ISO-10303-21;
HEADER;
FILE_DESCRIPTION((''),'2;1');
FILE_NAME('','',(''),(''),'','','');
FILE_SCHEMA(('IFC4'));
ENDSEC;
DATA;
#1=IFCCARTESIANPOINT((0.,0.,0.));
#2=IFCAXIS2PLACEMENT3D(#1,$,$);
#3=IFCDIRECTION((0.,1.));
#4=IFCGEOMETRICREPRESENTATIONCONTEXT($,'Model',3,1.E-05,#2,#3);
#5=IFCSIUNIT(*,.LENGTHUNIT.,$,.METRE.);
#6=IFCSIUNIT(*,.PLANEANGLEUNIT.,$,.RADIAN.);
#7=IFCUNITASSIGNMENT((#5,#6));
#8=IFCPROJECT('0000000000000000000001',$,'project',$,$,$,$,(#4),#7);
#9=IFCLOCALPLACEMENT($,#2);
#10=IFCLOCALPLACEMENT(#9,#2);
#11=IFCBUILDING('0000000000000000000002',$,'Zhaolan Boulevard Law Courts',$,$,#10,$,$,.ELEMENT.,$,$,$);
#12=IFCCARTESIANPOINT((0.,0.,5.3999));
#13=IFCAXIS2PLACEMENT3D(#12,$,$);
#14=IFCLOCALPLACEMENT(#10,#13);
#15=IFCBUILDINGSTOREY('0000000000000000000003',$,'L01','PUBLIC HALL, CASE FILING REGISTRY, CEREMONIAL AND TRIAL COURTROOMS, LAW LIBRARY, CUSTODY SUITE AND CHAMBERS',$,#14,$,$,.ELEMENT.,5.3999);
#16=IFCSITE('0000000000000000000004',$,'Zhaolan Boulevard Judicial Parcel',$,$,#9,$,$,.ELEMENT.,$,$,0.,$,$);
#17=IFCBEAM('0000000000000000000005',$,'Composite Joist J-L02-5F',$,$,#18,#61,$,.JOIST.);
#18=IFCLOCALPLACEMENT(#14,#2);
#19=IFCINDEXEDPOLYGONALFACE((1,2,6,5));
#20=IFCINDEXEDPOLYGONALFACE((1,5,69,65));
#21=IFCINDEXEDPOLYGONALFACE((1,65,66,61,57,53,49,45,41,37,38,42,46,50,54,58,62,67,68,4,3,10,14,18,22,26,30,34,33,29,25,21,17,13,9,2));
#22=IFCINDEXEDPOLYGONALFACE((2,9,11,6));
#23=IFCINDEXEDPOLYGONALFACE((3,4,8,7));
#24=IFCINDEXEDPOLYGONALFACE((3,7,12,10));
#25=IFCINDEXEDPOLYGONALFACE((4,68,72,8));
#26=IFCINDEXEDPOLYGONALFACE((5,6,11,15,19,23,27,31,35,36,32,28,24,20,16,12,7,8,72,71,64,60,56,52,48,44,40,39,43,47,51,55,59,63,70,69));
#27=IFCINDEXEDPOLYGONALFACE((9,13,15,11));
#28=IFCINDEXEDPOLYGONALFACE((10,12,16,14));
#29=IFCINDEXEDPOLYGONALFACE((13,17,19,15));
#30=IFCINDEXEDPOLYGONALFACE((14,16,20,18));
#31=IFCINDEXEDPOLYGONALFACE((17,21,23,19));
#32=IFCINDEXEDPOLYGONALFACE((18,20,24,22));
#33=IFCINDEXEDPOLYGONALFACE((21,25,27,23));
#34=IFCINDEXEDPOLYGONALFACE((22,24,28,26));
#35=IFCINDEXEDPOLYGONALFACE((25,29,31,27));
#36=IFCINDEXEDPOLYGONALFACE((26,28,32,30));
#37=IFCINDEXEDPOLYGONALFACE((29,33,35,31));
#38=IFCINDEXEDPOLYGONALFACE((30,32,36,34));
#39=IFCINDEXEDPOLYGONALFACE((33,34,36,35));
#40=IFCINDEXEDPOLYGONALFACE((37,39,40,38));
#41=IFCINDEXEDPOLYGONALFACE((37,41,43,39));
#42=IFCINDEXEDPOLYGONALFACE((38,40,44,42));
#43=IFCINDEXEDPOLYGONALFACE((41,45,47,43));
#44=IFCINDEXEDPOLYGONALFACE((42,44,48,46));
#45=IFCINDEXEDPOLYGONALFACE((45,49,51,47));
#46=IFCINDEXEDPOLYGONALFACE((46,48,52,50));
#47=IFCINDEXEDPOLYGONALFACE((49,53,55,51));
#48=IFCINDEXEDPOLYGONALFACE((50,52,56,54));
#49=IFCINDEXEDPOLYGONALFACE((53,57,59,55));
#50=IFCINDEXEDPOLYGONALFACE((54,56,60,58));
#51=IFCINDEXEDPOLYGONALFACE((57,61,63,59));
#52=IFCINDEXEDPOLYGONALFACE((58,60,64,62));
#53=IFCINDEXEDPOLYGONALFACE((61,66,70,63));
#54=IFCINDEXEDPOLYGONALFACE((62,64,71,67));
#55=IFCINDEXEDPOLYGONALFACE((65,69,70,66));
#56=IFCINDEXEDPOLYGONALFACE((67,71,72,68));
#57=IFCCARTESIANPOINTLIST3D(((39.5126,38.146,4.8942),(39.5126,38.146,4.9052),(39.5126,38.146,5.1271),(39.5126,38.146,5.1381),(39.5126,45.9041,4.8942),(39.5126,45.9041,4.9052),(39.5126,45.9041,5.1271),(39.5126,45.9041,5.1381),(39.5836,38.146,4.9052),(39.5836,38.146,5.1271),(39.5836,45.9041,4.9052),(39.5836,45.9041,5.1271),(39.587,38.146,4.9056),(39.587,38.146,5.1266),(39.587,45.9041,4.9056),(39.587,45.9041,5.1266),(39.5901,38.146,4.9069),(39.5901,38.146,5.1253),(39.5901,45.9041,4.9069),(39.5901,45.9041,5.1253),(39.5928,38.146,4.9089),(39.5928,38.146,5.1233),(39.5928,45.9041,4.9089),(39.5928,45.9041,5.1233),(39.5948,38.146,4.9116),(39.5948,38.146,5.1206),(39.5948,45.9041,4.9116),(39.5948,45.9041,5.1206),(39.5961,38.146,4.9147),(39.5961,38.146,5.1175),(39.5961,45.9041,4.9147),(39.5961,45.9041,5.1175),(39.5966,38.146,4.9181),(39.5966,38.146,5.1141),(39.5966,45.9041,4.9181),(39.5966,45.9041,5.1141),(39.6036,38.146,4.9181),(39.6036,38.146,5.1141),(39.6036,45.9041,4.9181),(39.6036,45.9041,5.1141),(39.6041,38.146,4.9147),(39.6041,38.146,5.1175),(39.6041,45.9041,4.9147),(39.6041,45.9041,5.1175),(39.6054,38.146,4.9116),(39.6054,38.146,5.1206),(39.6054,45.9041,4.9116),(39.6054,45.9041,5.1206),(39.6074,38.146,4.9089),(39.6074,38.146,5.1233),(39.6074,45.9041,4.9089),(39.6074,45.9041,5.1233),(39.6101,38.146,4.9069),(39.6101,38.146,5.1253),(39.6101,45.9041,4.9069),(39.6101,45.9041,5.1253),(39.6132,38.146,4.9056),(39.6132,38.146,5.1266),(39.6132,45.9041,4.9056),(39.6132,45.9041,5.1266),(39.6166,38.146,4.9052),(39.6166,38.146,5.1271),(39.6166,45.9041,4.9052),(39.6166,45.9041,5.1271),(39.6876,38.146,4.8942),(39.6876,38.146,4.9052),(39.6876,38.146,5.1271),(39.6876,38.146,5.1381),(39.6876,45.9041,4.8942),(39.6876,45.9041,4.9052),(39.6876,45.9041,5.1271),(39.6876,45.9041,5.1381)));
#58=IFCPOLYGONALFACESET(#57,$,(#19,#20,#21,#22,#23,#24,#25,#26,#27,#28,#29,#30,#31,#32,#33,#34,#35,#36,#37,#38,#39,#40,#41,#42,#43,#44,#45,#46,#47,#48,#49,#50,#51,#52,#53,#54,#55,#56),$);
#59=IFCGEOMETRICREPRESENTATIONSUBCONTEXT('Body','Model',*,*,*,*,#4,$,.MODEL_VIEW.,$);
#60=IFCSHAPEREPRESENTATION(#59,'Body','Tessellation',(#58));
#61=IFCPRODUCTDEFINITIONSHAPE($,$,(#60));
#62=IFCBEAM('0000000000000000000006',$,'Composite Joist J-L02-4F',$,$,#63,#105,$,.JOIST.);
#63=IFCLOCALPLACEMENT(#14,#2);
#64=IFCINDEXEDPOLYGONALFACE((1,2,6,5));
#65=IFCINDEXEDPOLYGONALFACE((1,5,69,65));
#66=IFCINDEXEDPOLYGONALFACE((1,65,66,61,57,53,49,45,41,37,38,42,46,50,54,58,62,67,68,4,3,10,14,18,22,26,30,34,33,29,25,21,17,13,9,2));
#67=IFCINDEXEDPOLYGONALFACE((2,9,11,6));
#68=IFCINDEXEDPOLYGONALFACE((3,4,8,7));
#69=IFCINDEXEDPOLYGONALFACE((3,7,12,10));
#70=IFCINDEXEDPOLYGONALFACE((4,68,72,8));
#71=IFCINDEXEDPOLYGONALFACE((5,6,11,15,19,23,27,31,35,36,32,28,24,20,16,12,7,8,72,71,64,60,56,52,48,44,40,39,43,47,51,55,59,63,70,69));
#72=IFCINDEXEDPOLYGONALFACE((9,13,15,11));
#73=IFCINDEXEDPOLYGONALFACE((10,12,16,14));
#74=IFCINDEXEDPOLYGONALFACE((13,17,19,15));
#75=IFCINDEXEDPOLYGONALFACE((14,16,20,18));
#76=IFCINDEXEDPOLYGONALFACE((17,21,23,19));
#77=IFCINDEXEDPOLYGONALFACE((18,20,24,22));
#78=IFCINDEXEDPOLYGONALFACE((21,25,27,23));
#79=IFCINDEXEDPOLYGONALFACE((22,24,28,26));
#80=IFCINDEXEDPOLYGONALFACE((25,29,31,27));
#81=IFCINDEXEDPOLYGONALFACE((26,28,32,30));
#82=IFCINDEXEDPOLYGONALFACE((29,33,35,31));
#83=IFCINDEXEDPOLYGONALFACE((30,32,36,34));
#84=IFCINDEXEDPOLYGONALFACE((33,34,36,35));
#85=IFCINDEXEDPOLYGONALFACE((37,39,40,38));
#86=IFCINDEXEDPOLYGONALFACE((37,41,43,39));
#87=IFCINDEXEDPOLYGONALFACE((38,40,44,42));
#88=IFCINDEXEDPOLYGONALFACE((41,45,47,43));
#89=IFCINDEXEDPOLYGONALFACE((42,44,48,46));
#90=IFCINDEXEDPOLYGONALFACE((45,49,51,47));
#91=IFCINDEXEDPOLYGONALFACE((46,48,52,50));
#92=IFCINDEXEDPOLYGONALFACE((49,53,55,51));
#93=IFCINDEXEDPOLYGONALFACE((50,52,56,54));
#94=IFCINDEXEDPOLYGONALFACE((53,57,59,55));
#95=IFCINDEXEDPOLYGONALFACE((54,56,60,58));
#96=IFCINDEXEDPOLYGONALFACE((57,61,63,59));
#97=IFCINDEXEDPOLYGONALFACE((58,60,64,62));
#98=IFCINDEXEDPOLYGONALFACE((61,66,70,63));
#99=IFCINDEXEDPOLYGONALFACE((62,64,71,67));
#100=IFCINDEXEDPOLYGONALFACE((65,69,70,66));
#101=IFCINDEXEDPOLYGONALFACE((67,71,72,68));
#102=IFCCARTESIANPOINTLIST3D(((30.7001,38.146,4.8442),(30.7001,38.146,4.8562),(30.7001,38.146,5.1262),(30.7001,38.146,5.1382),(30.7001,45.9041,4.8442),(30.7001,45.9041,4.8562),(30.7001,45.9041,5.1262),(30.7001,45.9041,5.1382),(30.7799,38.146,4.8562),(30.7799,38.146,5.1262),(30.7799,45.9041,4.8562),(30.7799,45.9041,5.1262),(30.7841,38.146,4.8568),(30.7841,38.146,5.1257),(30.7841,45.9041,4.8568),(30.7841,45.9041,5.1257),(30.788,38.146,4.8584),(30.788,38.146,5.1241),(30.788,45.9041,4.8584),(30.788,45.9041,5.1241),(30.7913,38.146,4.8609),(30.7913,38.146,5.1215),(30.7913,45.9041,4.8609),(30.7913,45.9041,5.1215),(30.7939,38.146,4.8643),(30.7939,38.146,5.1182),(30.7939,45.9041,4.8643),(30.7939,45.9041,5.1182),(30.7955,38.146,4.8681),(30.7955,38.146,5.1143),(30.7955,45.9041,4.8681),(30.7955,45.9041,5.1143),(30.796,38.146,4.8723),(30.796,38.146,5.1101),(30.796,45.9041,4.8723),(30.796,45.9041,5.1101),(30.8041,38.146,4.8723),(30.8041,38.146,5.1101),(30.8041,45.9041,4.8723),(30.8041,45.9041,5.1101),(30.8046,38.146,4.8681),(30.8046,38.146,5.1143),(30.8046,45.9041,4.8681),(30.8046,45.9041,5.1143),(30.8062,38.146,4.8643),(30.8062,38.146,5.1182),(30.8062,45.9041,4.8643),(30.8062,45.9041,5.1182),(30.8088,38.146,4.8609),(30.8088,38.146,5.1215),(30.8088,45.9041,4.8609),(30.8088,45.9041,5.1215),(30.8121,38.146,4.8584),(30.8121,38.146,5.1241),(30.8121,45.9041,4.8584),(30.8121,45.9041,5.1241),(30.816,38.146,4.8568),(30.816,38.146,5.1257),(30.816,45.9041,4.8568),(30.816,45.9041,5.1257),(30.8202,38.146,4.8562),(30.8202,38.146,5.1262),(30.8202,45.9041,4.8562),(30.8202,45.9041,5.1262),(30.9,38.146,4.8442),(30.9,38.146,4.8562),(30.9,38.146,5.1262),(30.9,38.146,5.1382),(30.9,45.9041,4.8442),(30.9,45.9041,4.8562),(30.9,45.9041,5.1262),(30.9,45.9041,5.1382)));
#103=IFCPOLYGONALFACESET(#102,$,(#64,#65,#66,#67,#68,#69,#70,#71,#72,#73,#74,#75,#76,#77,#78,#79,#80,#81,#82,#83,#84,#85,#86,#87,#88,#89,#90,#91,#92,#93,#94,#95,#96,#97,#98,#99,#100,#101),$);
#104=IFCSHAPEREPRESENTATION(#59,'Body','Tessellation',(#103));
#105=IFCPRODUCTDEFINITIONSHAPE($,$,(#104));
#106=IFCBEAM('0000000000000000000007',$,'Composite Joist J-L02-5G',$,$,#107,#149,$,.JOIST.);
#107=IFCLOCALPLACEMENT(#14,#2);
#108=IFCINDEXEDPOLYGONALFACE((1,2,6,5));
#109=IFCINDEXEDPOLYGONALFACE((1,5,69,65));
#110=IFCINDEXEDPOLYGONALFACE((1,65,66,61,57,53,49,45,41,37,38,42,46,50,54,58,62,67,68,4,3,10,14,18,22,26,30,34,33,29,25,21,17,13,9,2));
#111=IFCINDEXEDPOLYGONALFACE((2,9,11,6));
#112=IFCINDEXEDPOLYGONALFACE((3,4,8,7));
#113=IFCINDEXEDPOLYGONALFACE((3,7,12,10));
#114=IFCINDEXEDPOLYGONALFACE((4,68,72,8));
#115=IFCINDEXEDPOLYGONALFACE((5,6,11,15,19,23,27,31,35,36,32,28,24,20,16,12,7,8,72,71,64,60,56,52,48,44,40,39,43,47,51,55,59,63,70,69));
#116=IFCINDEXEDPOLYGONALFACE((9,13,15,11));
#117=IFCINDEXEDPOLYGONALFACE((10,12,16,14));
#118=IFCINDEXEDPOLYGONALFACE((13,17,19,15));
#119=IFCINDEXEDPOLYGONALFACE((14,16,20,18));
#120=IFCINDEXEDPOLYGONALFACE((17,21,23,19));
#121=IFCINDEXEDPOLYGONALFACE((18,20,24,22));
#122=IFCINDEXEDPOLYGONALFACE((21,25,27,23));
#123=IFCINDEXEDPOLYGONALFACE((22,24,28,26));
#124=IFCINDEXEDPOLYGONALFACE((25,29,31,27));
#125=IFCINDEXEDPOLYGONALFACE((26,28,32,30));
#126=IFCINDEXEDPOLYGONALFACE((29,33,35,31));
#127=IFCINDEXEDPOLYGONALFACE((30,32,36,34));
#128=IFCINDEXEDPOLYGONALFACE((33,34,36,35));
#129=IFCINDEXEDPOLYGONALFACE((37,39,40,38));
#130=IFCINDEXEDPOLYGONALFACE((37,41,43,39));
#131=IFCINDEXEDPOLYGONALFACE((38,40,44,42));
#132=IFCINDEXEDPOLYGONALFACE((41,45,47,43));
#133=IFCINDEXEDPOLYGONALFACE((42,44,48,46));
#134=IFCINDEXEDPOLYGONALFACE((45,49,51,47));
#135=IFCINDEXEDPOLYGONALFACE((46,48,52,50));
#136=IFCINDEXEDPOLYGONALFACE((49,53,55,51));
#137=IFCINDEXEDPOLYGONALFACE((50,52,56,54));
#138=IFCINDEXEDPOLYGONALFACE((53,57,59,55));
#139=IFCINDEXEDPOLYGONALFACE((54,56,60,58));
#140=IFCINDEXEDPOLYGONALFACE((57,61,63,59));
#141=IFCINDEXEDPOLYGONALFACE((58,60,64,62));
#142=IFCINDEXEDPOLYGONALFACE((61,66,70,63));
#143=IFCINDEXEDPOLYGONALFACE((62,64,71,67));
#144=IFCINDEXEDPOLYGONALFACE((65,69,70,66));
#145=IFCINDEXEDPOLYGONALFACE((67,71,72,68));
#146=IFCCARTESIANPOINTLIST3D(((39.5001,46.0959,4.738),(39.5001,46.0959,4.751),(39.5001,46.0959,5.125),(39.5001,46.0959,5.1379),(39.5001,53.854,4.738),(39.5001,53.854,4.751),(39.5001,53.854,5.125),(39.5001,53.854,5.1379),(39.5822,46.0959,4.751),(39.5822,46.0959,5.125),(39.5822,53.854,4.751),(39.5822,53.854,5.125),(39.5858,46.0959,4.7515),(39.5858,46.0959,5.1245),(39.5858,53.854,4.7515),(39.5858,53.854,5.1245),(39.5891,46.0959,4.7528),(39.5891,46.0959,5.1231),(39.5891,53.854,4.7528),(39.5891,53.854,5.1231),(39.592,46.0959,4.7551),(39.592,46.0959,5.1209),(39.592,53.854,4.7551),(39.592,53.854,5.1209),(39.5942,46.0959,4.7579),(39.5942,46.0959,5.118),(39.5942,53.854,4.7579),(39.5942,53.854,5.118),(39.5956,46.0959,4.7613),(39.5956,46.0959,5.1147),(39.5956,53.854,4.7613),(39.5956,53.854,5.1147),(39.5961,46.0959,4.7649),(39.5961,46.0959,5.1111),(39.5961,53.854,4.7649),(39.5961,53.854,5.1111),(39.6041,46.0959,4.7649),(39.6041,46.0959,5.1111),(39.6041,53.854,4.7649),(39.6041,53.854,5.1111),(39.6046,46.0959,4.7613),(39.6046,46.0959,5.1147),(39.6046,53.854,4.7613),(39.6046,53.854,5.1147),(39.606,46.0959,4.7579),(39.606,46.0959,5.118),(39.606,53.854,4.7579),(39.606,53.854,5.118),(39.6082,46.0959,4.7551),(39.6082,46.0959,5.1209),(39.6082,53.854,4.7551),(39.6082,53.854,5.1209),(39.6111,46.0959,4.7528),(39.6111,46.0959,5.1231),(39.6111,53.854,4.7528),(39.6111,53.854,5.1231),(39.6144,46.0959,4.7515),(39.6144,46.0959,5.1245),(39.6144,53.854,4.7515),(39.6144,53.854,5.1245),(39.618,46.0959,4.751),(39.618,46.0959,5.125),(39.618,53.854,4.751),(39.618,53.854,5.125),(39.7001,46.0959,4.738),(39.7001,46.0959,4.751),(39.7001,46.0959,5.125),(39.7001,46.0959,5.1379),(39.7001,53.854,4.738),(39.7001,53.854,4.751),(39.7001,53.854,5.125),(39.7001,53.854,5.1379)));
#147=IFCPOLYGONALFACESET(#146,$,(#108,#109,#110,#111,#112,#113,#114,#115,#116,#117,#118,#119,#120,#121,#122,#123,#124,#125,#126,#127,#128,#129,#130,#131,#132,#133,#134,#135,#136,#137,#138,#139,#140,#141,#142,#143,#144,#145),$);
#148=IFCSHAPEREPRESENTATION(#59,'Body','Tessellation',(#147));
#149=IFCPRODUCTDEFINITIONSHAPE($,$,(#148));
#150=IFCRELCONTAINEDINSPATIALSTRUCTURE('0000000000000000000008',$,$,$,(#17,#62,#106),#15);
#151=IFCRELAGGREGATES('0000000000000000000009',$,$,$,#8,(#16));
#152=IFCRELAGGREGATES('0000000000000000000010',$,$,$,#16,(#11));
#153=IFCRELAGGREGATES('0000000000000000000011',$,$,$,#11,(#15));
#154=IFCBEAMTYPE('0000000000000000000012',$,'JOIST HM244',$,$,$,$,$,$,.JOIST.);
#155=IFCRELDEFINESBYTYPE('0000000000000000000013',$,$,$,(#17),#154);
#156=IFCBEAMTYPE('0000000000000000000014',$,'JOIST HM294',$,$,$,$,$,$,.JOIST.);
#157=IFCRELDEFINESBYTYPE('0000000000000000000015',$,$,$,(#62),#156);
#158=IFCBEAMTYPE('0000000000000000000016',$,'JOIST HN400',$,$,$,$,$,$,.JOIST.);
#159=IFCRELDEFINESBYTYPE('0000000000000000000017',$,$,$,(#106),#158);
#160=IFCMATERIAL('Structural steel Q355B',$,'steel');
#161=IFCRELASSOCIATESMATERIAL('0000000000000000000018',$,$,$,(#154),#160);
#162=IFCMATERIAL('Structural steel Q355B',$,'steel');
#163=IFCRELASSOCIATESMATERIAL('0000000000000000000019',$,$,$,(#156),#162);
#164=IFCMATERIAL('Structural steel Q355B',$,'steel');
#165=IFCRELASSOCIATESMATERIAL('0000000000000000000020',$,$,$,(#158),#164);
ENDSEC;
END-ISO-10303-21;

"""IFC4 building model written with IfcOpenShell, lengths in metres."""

from ifc_helpers import new_model, si_unit, direction, frame, origin, origin_2d, place, context, subcontext, project, spatial, i_section, extrude, material, material_profile, profile_set, type_object, element, save


model = new_model("IFC4")

# Units and contexts
model_context = context("Model", 3, precision=1e-05, world=origin(), true_north=direction((0.0, 1.0)))
body_context = subcontext(model_context, "Body", "Model", "MODEL_VIEW")
ifc_project = project(units=[si_unit("LENGTHUNIT", "METRE"), si_unit("PLANEANGLEUNIT", "RADIAN")], contexts=[model_context])

# Site, building, storey
site_placement = place(None, origin())
site = spatial("IfcSite", under=ifc_project, at=site_placement, Name="Zhaolan Boulevard Judicial Parcel", CompositionType="ELEMENT", RefElevation=0.0)
building_placement = place(site_placement, origin())
building = spatial("IfcBuilding", under=site, at=building_placement, Name="Zhaolan Boulevard Law Courts", CompositionType="ELEMENT")
storey_placement = place(building_placement, frame((0.0, 0.0, 5.3999)))
storey = spatial("IfcBuildingStorey", under=building, at=storey_placement, Name="L01", Description="PUBLIC HALL, CASE FILING REGISTRY, CEREMONIAL AND TRIAL COURTROOMS, LAW LIBRARY, CUSTODY SUITE AND CHAMBERS", CompositionType="ELEMENT", Elevation=5.3999)

# Beams
ifc_material_1 = material(Name="Structural steel Q355B", Category="steel")
ifc_material_profile_1 = material_profile(ifc_material_1, i_section(OverallWidth=0.175, OverallDepth=0.2439, WebThickness=0.0071, FlangeThickness=0.011, FilletRadius=0.0129, at=origin_2d()), Name="HM244x175")
ifc_profile_set_1 = profile_set([ifc_material_profile_1], Name="Structural steel Q355B")
beam_type_1 = type_object("IfcBeamType", Name="JOIST HM244", PredefinedType="JOIST", material=ifc_profile_set_1)
for number, where, z_axis, x_axis, name in (
    (1, (39.6001, 38.146, 5.0161), (0.0, 1.0, 0.0), (-1.0, 0.0, 0.0), "Composite Joist J-L02-5F"),
):
    element("IfcBeam", number, at=place(storey_placement, frame(where, z_axis=z_axis, x_axis=x_axis)), inside=storey, type_object=beam_type_1, Name=name, PredefinedType="JOIST", context=body_context, shape_type="SweptSolid", body=[
        extrude(i_section(OverallWidth=0.175, OverallDepth=0.2439, WebThickness=0.0071, FlangeThickness=0.011, FilletRadius=0.0129, at=origin_2d()), origin(), (0.0, 0.0, 1.0), 7.7581),
    ])
ifc_material_2 = material(Name="Structural steel Q355B", Category="steel")
ifc_material_profile_2 = material_profile(ifc_material_2, i_section(OverallWidth=0.2, OverallDepth=0.2939, WebThickness=0.0081, FlangeThickness=0.012, FilletRadius=0.0161, at=origin_2d()), Name="HM294x200")
ifc_profile_set_2 = profile_set([ifc_material_profile_2], Name="Structural steel Q355B")
beam_type_2 = type_object("IfcBeamType", Name="JOIST HM294", PredefinedType="JOIST", material=ifc_profile_set_2)
beam_1_placement = place(storey_placement, frame((30.8, 38.146, 4.9912), z_axis=(0.0, 1.0, 0.0), x_axis=(-1.0, 0.0, 0.0)))
element("IfcBeam", 2, at=beam_1_placement, inside=storey, type_object=beam_type_2, Name="Composite Joist J-L02-4F", PredefinedType="JOIST", context=body_context, shape_type="SweptSolid", body=[
    extrude(i_section(OverallWidth=0.2, OverallDepth=0.2939, WebThickness=0.0081, FlangeThickness=0.012, FilletRadius=0.0161, at=origin_2d()), origin(), (0.0, 0.0, 1.0), 7.7581),
])
ifc_material_3 = material(Name="Structural steel Q355B", Category="steel")
ifc_material_profile_3 = material_profile(ifc_material_3, i_section(OverallWidth=0.2, OverallDepth=0.3999, WebThickness=0.0081, FlangeThickness=0.0129, FilletRadius=0.0139, at=origin_2d()), Name="HN400x200")
ifc_profile_set_3 = profile_set([ifc_material_profile_3], Name="Structural steel Q355B")
beam_type_3 = type_object("IfcBeamType", Name="JOIST HN400", PredefinedType="JOIST", material=ifc_profile_set_3)
beam_2_placement = place(storey_placement, frame((39.6001, 46.0959, 4.938), z_axis=(0.0, 1.0, 0.0), x_axis=(-1.0, 0.0, 0.0)))
element("IfcBeam", 3, at=beam_2_placement, inside=storey, type_object=beam_type_3, Name="Composite Joist J-L02-5G", PredefinedType="JOIST", context=body_context, shape_type="SweptSolid", body=[
    extrude(i_section(OverallWidth=0.2, OverallDepth=0.3999, WebThickness=0.0081, FlangeThickness=0.0129, FilletRadius=0.0139, at=origin_2d()), origin(), (0.0, 0.0, 1.0), 7.7581),
])

save(model, "model.ifc")
